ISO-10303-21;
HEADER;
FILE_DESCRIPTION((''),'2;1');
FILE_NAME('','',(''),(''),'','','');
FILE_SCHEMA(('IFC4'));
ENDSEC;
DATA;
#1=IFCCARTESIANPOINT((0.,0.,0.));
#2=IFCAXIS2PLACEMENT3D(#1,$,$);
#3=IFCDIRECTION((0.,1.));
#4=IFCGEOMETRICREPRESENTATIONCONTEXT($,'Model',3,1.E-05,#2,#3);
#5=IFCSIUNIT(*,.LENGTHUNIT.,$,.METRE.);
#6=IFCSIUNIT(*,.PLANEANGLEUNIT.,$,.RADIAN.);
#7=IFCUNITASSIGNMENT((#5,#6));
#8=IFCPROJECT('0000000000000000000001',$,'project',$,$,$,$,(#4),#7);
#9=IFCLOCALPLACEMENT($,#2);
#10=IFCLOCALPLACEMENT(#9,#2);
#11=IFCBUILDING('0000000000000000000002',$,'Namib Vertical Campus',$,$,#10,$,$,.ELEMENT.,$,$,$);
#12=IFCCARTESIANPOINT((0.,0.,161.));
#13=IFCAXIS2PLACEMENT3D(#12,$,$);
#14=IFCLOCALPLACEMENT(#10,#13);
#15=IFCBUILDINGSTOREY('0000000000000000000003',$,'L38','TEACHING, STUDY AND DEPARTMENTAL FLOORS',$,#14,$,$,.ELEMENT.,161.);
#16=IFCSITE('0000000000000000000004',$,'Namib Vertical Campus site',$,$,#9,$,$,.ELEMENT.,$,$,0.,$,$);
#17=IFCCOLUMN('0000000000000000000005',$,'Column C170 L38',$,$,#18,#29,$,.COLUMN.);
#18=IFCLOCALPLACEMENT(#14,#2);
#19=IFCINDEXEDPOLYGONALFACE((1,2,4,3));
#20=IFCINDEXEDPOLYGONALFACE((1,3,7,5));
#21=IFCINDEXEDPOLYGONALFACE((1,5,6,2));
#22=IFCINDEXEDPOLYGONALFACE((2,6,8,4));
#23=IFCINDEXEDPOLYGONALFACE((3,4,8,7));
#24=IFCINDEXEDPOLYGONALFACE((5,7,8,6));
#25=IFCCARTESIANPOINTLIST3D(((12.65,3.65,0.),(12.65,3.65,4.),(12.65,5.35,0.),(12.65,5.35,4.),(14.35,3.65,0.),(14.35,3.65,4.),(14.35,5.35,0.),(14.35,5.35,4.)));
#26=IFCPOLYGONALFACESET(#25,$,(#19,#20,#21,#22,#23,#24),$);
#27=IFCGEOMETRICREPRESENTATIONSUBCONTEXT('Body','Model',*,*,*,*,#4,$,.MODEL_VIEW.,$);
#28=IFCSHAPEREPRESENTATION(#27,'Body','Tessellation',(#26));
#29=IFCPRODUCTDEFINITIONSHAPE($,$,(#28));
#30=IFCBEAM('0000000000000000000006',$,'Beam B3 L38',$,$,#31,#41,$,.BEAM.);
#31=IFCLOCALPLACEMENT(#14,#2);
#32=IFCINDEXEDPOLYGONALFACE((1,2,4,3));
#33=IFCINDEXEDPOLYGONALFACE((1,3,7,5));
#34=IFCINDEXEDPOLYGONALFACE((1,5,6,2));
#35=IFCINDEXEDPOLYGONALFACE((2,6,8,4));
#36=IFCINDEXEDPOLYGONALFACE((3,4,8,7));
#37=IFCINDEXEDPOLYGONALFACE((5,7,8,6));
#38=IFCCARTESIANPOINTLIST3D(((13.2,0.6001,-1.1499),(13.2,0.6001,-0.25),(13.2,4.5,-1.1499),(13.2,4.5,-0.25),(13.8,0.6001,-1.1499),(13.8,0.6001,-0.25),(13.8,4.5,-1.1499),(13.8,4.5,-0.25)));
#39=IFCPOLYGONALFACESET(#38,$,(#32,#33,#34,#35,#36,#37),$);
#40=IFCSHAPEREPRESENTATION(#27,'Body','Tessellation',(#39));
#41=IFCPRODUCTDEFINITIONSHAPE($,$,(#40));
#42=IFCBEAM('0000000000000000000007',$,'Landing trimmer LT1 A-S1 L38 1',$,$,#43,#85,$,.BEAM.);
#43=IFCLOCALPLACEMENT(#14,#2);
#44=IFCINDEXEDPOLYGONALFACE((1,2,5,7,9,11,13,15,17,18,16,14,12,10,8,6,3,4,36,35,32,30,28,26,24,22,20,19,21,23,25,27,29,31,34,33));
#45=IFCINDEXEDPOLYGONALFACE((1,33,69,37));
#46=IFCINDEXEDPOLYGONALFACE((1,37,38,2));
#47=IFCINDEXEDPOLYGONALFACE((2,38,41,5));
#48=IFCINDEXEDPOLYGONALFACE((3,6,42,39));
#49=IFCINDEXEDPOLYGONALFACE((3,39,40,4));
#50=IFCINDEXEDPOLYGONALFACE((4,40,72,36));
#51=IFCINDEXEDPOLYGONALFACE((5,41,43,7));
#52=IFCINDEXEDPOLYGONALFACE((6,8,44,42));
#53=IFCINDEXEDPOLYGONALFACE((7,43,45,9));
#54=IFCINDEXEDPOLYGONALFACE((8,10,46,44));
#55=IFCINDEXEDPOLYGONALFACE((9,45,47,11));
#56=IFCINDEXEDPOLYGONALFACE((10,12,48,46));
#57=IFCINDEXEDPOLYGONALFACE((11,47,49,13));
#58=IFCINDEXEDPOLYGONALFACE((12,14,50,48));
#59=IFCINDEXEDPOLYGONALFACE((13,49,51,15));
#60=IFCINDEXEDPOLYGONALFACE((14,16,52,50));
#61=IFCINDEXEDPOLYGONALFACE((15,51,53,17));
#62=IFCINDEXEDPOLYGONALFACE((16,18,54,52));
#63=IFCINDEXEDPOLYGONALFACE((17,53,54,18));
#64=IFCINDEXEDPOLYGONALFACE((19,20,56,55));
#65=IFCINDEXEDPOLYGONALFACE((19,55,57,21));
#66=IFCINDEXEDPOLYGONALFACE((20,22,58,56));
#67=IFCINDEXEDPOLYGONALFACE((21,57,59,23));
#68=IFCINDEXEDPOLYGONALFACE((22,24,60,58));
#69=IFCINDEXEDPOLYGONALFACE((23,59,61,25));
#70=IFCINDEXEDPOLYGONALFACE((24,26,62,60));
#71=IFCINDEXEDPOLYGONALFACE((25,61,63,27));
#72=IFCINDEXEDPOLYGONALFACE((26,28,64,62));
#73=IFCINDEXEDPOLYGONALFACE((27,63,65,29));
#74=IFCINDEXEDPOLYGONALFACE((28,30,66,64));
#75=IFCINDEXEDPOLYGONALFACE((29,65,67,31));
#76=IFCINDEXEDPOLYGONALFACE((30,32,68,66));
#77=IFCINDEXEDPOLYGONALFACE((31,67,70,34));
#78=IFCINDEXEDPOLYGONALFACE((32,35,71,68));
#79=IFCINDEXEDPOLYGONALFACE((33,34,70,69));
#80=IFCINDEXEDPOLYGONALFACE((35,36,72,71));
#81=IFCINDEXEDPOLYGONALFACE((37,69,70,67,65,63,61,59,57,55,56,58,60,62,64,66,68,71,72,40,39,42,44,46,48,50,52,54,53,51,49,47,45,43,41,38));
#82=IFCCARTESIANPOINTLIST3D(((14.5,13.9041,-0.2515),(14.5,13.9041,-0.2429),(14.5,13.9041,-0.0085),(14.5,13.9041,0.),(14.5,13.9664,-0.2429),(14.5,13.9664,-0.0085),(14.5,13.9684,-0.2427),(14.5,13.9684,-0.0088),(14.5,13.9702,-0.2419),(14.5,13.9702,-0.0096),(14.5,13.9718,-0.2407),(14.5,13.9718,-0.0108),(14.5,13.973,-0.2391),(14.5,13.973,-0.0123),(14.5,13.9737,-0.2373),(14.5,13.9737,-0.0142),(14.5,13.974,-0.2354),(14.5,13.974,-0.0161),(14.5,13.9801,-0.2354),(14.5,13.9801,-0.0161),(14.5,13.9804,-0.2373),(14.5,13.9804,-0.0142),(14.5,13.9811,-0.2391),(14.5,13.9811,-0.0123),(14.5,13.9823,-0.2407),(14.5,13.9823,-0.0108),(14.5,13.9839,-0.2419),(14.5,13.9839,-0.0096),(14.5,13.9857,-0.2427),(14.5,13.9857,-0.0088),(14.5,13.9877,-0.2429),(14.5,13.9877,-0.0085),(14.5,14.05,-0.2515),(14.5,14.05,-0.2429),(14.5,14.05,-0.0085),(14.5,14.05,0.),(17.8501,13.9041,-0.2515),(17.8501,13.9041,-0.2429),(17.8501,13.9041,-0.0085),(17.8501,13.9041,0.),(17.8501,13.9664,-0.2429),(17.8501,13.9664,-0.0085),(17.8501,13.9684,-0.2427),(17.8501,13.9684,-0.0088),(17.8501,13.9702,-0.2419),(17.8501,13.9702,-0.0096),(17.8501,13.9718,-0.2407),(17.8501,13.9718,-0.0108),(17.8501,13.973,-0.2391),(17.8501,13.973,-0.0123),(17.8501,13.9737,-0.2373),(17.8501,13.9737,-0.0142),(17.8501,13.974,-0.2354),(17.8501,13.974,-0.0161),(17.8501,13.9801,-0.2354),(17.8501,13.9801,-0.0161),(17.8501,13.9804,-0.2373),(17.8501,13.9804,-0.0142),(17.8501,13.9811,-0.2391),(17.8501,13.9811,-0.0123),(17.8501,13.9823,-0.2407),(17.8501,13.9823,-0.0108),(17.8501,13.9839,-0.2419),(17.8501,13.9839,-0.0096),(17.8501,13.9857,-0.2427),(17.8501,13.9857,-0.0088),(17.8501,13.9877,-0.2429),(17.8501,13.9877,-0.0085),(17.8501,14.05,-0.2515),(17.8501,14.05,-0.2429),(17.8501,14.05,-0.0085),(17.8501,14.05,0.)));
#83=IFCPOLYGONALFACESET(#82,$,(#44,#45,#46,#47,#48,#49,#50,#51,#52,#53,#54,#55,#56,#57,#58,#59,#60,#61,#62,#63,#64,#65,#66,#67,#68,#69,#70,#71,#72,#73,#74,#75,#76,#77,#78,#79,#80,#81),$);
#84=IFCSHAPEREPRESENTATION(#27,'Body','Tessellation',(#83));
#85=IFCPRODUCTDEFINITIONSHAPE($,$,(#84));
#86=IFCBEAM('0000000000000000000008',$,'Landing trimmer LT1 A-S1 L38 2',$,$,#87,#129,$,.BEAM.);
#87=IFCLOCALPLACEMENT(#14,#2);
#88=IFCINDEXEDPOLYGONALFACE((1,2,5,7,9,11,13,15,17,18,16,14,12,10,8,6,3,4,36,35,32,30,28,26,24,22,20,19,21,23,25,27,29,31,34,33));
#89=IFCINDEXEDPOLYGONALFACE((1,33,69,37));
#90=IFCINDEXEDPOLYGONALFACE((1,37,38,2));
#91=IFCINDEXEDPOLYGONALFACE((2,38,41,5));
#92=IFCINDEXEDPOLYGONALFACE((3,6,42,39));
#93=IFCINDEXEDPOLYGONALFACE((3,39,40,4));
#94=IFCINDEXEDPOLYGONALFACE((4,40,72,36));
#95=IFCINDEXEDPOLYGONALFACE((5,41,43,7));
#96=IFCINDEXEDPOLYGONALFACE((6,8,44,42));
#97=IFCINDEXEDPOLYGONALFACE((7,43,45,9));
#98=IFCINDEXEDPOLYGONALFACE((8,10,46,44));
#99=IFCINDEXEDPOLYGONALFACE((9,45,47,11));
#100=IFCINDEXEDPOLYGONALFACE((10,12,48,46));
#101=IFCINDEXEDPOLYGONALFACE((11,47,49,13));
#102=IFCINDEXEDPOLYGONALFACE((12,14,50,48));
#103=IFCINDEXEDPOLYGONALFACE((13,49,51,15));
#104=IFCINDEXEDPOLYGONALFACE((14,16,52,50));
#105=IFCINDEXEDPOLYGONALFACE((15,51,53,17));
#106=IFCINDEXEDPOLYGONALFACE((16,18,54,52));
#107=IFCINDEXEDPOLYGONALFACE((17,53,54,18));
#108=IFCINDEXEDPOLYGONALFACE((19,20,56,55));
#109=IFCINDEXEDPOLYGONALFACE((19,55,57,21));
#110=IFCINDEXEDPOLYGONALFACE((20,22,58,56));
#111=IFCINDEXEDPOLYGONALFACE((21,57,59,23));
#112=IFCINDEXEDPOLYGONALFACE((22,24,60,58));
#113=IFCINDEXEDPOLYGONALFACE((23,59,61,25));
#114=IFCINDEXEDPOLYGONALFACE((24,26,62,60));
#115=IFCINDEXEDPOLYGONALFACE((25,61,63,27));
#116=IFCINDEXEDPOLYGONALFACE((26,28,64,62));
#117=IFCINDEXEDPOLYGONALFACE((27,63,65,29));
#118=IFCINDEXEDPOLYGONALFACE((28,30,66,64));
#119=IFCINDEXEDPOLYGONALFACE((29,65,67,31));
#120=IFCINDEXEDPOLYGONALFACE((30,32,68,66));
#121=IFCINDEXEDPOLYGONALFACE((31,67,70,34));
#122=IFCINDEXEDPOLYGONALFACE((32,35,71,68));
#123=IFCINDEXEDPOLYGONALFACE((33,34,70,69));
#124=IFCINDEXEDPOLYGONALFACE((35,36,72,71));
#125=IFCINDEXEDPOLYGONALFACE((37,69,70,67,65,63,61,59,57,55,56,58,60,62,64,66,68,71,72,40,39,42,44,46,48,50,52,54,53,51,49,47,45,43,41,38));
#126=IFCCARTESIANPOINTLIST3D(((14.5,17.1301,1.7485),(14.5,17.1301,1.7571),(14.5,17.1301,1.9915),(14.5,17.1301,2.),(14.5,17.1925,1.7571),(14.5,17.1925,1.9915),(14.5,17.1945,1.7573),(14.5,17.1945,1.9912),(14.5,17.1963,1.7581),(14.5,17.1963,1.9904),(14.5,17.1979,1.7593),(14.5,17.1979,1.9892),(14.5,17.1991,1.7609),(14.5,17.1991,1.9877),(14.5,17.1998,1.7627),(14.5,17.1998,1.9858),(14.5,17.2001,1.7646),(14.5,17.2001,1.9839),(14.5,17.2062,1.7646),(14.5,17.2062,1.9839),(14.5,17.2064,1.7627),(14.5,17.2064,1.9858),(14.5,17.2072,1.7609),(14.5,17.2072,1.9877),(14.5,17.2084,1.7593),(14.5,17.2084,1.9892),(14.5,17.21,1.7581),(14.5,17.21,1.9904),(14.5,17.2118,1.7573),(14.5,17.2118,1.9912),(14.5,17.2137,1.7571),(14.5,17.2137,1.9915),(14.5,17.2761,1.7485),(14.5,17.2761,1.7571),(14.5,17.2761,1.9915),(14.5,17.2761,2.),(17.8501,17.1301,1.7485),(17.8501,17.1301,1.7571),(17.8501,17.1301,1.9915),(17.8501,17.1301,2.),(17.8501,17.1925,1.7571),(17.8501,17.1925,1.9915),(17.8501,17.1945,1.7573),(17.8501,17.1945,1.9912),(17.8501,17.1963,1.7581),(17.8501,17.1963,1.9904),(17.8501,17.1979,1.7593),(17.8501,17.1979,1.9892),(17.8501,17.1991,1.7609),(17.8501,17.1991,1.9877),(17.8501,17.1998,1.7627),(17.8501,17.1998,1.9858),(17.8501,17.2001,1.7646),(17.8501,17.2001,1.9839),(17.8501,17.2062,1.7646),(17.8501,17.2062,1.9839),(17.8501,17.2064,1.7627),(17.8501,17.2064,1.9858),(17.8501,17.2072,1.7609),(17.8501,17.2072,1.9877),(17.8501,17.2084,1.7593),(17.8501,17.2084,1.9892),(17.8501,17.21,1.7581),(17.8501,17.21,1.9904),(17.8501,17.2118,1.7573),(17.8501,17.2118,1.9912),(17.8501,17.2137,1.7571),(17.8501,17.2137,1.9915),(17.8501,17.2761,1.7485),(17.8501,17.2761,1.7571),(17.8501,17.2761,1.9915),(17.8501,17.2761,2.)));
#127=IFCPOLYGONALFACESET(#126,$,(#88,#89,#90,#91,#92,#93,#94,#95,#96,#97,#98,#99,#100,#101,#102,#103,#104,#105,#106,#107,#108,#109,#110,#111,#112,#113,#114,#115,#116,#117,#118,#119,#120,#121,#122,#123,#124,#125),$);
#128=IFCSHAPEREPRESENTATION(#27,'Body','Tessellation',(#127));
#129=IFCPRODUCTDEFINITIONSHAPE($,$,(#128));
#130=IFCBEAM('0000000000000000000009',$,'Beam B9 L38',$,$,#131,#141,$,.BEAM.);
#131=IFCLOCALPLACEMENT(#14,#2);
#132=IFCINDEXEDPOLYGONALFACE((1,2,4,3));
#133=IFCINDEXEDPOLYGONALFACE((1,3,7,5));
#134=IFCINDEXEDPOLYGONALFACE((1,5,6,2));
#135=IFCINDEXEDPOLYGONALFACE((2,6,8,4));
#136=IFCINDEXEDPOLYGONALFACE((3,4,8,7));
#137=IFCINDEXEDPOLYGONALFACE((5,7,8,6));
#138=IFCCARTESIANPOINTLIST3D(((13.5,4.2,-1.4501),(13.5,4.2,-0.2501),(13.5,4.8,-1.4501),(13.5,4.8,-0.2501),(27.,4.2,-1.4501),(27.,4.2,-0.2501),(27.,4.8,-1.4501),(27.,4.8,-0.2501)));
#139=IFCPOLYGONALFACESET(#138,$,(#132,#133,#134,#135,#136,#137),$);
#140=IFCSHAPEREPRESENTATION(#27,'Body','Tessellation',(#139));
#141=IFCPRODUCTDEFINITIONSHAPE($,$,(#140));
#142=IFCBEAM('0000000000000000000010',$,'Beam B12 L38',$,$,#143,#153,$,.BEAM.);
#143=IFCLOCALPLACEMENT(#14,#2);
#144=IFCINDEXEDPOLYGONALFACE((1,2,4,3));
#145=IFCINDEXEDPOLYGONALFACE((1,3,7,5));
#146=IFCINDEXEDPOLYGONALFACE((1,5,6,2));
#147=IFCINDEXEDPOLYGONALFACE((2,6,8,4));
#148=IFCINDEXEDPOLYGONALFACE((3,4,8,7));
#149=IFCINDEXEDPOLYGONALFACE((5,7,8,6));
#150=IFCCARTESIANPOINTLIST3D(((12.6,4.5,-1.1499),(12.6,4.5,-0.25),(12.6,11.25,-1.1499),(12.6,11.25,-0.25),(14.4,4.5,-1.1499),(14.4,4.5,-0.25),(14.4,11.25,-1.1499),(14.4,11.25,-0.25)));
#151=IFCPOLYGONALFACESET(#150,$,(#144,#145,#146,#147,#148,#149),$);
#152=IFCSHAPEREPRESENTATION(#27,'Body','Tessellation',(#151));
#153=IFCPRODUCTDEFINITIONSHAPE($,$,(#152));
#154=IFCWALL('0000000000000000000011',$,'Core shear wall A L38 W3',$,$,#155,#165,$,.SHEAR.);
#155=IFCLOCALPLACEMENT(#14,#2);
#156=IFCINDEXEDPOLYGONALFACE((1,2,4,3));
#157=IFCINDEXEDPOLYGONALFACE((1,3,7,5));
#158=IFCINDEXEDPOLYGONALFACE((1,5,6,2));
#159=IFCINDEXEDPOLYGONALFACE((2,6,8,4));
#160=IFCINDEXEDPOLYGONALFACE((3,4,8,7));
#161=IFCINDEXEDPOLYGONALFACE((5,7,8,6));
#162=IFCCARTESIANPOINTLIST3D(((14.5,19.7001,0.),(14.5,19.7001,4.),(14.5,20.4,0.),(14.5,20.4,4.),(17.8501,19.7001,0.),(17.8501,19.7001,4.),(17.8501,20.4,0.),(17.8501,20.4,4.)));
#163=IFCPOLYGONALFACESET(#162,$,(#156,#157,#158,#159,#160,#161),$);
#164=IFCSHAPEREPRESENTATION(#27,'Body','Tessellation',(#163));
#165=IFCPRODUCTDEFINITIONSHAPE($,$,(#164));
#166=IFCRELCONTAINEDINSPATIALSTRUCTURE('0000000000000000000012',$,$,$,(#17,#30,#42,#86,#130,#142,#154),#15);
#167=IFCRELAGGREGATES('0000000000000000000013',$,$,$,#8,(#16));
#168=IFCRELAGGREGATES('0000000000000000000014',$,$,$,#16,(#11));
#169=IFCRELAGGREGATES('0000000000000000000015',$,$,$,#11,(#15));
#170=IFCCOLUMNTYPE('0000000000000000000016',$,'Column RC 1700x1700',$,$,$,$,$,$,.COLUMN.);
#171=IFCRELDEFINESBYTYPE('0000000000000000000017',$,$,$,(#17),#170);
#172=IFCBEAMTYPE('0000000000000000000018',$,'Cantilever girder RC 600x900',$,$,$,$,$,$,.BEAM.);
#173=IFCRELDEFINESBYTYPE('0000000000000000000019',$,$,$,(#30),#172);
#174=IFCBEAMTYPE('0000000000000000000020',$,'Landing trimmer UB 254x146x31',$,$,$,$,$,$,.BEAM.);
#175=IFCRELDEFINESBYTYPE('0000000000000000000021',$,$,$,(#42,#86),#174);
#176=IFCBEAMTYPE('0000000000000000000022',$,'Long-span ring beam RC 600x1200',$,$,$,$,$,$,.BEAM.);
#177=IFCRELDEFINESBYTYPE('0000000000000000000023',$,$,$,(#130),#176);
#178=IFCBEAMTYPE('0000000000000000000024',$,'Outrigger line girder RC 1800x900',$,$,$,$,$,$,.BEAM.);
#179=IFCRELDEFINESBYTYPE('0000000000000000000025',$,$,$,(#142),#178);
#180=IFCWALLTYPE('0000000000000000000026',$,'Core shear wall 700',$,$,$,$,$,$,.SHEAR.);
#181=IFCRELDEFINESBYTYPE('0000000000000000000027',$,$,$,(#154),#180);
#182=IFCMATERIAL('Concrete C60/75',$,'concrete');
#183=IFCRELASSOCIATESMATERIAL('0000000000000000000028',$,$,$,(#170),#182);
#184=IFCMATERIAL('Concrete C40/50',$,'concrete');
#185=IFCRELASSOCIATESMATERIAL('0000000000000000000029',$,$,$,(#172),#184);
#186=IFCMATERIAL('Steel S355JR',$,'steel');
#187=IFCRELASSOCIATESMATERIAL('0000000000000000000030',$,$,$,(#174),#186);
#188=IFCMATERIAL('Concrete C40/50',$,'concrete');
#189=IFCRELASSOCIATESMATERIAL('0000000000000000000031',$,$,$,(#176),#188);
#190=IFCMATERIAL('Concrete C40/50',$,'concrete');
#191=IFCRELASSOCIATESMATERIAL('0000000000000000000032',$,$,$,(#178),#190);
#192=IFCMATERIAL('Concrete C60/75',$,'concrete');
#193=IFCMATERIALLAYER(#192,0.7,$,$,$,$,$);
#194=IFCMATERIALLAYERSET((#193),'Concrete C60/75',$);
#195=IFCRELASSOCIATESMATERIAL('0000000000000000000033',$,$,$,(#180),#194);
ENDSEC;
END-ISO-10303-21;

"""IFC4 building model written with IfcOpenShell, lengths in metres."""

from ifc_helpers import new_model, si_unit, direction, frame, frame_2d, origin, origin_2d, place, context, subcontext, project, spatial, rectangle, i_section, extrude, material, layer, layer_set, material_profile, profile_set, type_object, element, save


model = new_model("IFC4")

# Units and contexts
model_context = context("Model", 3, precision=1e-05, world=origin(), true_north=direction((0.0, 1.0)))
body_context = subcontext(model_context, "Body", "Model", "MODEL_VIEW")
ifc_project = project(units=[si_unit("LENGTHUNIT", "METRE"), si_unit("PLANEANGLEUNIT", "RADIAN")], contexts=[model_context])

# Site, building, storey
site_placement = place(None, origin())
site = spatial("IfcSite", under=ifc_project, at=site_placement, Name="Namib Vertical Campus site", CompositionType="ELEMENT", RefElevation=0.0)
building_placement = place(site_placement, origin())
building = spatial("IfcBuilding", under=site, at=building_placement, Name="Namib Vertical Campus", CompositionType="ELEMENT")
storey_placement = place(building_placement, frame((0.0, 0.0, 161.0)))
storey = spatial("IfcBuildingStorey", under=building, at=storey_placement, Name="L38", Description="TEACHING, STUDY AND DEPARTMENTAL FLOORS", CompositionType="ELEMENT", Elevation=161.0)

# Column
ifc_material_1 = material(Name="Concrete C60/75", Category="concrete")
ifc_material_profile_1 = material_profile(ifc_material_1, rectangle(XDim=1.7, YDim=1.7, at=origin_2d()))
ifc_profile_set_1 = profile_set([ifc_material_profile_1], Name="Concrete C60/75")
column_type = type_object("IfcColumnType", Name="Column RC 1700x1700", PredefinedType="COLUMN", material=ifc_profile_set_1)
column_placement = place(storey_placement, frame((13.5, 4.5, 0.0), z_axis=(0.0, 0.0, 1.0), x_axis=(1.0, 0.0, 0.0)))
element("IfcColumn", 1, at=column_placement, inside=storey, type_object=column_type, Name="Column C170 L38", PredefinedType="COLUMN", context=body_context, shape_type="SweptSolid", body=[
    extrude(rectangle(XDim=1.7, YDim=1.7, at=origin_2d()), origin(), (0.0, 0.0, 1.0), 4.0),
])

# Beams
ifc_material_2 = material(Name="Concrete C40/50", Category="concrete")
ifc_material_profile_2 = material_profile(ifc_material_2, rectangle(XDim=0.6001, YDim=0.8999, at=origin_2d()))
ifc_profile_set_2 = profile_set([ifc_material_profile_2], Name="Concrete C40/50")
beam_type_1 = type_object("IfcBeamType", Name="Cantilever girder RC 600x900", PredefinedType="BEAM", material=ifc_profile_set_2)
beam_1_placement = place(storey_placement, frame((13.5, 4.5, -0.7), z_axis=(0.0, -1.0, 0.0), x_axis=(1.0, 0.0, 0.0)))
element("IfcBeam", 2, at=beam_1_placement, inside=storey, type_object=beam_type_1, Name="Beam B3 L38", PredefinedType="BEAM", context=body_context, shape_type="SweptSolid", body=[
    extrude(rectangle(XDim=0.6001, YDim=0.8999, at=origin_2d()), origin(), (0.0, 0.0, 1.0), 3.8999),
])
ifc_material_3 = material(Name="Steel S355JR", Category="steel")
ifc_material_profile_3 = material_profile(ifc_material_3, i_section(OverallWidth=0.146, OverallDepth=0.2515, WebThickness=0.0061, FlangeThickness=0.0085, FilletRadius=0.0076, at=origin_2d()))
ifc_profile_set_3 = profile_set([ifc_material_profile_3], Name="Steel S355JR")
beam_type_2 = type_object("IfcBeamType", Name="Landing trimmer UB 254x146x31", PredefinedType="BEAM", material=ifc_profile_set_3)
for number, where, z_axis, x_axis, name in (
    (3, (14.5, 13.9771, -0.1257), (1.0, 0.0, 0.0), (0.0, 1.0, 0.0), "Landing trimmer LT1 A-S1 L38 1"),
    (4, (14.5, 17.2031, 1.8743), (1.0, 0.0, 0.0), (0.0, 1.0, 0.0), "Landing trimmer LT1 A-S1 L38 2"),
):
    element("IfcBeam", number, at=place(storey_placement, frame(where, z_axis=z_axis, x_axis=x_axis)), inside=storey, type_object=beam_type_2, Name=name, PredefinedType="BEAM", context=body_context, shape_type="SweptSolid", body=[
        extrude(i_section(OverallWidth=0.146, OverallDepth=0.2515, WebThickness=0.0061, FlangeThickness=0.0085, FilletRadius=0.0076, at=origin_2d()), origin(), (0.0, 0.0, 1.0), 3.3501),
    ])
ifc_material_4 = material(Name="Concrete C40/50", Category="concrete")
ifc_material_profile_4 = material_profile(ifc_material_4, rectangle(XDim=0.6001, YDim=1.2, at=origin_2d()))
ifc_profile_set_4 = profile_set([ifc_material_profile_4], Name="Concrete C40/50")
beam_type_3 = type_object("IfcBeamType", Name="Long-span ring beam RC 600x1200", PredefinedType="BEAM", material=ifc_profile_set_4)
beam_2_placement = place(storey_placement, frame((13.5, 4.5, -0.8501), z_axis=(1.0, 0.0, 0.0), x_axis=(0.0, 1.0, 0.0)))
element("IfcBeam", 5, at=beam_2_placement, inside=storey, type_object=beam_type_3, Name="Beam B9 L38", PredefinedType="BEAM", context=body_context, shape_type="SweptSolid", body=[
    extrude(rectangle(XDim=0.6001, YDim=1.2, at=origin_2d()), origin(), (0.0, 0.0, 1.0), 13.5),
])
ifc_material_5 = material(Name="Concrete C40/50", Category="concrete")
ifc_material_profile_5 = material_profile(ifc_material_5, rectangle(XDim=1.8, YDim=0.8999, at=origin_2d()))
ifc_profile_set_5 = profile_set([ifc_material_profile_5], Name="Concrete C40/50")
beam_type_4 = type_object("IfcBeamType", Name="Outrigger line girder RC 1800x900", PredefinedType="BEAM", material=ifc_profile_set_5)
beam_3_placement = place(storey_placement, frame((13.5, 4.5, -0.7), z_axis=(0.0, 1.0, 0.0), x_axis=(-1.0, 0.0, 0.0)))
element("IfcBeam", 6, at=beam_3_placement, inside=storey, type_object=beam_type_4, Name="Beam B12 L38", PredefinedType="BEAM", context=body_context, shape_type="SweptSolid", body=[
    extrude(rectangle(XDim=1.8, YDim=0.8999, at=origin_2d()), origin(), (0.0, 0.0, 1.0), 6.75),
])

# Wall
ifc_material_6 = material(Name="Concrete C60/75", Category="concrete")
ifc_layer_1 = layer(ifc_material_6, 0.7)
ifc_layer_set_1 = layer_set([ifc_layer_1], Name="Concrete C60/75")
wall_type_1 = type_object("IfcWallType", Name="Core shear wall 700", PredefinedType="SHEAR", material=ifc_layer_set_1)
wall_1_placement = place(storey_placement, frame((14.5, 20.05, 0.0), z_axis=(0.0, 0.0, 1.0), x_axis=(1.0, 0.0, 0.0)))
element("IfcWall", 7, at=wall_1_placement, inside=storey, type_object=wall_type_1, Name="Core shear wall A L38 W3", PredefinedType="SHEAR", context=body_context, shape_type="SweptSolid", body=[
    extrude(rectangle(XDim=3.3501, YDim=0.7, at=frame_2d((1.675, 0.0))), origin(), (0.0, 0.0, 1.0), 4.0),
])

save(model, "model.ifc")
